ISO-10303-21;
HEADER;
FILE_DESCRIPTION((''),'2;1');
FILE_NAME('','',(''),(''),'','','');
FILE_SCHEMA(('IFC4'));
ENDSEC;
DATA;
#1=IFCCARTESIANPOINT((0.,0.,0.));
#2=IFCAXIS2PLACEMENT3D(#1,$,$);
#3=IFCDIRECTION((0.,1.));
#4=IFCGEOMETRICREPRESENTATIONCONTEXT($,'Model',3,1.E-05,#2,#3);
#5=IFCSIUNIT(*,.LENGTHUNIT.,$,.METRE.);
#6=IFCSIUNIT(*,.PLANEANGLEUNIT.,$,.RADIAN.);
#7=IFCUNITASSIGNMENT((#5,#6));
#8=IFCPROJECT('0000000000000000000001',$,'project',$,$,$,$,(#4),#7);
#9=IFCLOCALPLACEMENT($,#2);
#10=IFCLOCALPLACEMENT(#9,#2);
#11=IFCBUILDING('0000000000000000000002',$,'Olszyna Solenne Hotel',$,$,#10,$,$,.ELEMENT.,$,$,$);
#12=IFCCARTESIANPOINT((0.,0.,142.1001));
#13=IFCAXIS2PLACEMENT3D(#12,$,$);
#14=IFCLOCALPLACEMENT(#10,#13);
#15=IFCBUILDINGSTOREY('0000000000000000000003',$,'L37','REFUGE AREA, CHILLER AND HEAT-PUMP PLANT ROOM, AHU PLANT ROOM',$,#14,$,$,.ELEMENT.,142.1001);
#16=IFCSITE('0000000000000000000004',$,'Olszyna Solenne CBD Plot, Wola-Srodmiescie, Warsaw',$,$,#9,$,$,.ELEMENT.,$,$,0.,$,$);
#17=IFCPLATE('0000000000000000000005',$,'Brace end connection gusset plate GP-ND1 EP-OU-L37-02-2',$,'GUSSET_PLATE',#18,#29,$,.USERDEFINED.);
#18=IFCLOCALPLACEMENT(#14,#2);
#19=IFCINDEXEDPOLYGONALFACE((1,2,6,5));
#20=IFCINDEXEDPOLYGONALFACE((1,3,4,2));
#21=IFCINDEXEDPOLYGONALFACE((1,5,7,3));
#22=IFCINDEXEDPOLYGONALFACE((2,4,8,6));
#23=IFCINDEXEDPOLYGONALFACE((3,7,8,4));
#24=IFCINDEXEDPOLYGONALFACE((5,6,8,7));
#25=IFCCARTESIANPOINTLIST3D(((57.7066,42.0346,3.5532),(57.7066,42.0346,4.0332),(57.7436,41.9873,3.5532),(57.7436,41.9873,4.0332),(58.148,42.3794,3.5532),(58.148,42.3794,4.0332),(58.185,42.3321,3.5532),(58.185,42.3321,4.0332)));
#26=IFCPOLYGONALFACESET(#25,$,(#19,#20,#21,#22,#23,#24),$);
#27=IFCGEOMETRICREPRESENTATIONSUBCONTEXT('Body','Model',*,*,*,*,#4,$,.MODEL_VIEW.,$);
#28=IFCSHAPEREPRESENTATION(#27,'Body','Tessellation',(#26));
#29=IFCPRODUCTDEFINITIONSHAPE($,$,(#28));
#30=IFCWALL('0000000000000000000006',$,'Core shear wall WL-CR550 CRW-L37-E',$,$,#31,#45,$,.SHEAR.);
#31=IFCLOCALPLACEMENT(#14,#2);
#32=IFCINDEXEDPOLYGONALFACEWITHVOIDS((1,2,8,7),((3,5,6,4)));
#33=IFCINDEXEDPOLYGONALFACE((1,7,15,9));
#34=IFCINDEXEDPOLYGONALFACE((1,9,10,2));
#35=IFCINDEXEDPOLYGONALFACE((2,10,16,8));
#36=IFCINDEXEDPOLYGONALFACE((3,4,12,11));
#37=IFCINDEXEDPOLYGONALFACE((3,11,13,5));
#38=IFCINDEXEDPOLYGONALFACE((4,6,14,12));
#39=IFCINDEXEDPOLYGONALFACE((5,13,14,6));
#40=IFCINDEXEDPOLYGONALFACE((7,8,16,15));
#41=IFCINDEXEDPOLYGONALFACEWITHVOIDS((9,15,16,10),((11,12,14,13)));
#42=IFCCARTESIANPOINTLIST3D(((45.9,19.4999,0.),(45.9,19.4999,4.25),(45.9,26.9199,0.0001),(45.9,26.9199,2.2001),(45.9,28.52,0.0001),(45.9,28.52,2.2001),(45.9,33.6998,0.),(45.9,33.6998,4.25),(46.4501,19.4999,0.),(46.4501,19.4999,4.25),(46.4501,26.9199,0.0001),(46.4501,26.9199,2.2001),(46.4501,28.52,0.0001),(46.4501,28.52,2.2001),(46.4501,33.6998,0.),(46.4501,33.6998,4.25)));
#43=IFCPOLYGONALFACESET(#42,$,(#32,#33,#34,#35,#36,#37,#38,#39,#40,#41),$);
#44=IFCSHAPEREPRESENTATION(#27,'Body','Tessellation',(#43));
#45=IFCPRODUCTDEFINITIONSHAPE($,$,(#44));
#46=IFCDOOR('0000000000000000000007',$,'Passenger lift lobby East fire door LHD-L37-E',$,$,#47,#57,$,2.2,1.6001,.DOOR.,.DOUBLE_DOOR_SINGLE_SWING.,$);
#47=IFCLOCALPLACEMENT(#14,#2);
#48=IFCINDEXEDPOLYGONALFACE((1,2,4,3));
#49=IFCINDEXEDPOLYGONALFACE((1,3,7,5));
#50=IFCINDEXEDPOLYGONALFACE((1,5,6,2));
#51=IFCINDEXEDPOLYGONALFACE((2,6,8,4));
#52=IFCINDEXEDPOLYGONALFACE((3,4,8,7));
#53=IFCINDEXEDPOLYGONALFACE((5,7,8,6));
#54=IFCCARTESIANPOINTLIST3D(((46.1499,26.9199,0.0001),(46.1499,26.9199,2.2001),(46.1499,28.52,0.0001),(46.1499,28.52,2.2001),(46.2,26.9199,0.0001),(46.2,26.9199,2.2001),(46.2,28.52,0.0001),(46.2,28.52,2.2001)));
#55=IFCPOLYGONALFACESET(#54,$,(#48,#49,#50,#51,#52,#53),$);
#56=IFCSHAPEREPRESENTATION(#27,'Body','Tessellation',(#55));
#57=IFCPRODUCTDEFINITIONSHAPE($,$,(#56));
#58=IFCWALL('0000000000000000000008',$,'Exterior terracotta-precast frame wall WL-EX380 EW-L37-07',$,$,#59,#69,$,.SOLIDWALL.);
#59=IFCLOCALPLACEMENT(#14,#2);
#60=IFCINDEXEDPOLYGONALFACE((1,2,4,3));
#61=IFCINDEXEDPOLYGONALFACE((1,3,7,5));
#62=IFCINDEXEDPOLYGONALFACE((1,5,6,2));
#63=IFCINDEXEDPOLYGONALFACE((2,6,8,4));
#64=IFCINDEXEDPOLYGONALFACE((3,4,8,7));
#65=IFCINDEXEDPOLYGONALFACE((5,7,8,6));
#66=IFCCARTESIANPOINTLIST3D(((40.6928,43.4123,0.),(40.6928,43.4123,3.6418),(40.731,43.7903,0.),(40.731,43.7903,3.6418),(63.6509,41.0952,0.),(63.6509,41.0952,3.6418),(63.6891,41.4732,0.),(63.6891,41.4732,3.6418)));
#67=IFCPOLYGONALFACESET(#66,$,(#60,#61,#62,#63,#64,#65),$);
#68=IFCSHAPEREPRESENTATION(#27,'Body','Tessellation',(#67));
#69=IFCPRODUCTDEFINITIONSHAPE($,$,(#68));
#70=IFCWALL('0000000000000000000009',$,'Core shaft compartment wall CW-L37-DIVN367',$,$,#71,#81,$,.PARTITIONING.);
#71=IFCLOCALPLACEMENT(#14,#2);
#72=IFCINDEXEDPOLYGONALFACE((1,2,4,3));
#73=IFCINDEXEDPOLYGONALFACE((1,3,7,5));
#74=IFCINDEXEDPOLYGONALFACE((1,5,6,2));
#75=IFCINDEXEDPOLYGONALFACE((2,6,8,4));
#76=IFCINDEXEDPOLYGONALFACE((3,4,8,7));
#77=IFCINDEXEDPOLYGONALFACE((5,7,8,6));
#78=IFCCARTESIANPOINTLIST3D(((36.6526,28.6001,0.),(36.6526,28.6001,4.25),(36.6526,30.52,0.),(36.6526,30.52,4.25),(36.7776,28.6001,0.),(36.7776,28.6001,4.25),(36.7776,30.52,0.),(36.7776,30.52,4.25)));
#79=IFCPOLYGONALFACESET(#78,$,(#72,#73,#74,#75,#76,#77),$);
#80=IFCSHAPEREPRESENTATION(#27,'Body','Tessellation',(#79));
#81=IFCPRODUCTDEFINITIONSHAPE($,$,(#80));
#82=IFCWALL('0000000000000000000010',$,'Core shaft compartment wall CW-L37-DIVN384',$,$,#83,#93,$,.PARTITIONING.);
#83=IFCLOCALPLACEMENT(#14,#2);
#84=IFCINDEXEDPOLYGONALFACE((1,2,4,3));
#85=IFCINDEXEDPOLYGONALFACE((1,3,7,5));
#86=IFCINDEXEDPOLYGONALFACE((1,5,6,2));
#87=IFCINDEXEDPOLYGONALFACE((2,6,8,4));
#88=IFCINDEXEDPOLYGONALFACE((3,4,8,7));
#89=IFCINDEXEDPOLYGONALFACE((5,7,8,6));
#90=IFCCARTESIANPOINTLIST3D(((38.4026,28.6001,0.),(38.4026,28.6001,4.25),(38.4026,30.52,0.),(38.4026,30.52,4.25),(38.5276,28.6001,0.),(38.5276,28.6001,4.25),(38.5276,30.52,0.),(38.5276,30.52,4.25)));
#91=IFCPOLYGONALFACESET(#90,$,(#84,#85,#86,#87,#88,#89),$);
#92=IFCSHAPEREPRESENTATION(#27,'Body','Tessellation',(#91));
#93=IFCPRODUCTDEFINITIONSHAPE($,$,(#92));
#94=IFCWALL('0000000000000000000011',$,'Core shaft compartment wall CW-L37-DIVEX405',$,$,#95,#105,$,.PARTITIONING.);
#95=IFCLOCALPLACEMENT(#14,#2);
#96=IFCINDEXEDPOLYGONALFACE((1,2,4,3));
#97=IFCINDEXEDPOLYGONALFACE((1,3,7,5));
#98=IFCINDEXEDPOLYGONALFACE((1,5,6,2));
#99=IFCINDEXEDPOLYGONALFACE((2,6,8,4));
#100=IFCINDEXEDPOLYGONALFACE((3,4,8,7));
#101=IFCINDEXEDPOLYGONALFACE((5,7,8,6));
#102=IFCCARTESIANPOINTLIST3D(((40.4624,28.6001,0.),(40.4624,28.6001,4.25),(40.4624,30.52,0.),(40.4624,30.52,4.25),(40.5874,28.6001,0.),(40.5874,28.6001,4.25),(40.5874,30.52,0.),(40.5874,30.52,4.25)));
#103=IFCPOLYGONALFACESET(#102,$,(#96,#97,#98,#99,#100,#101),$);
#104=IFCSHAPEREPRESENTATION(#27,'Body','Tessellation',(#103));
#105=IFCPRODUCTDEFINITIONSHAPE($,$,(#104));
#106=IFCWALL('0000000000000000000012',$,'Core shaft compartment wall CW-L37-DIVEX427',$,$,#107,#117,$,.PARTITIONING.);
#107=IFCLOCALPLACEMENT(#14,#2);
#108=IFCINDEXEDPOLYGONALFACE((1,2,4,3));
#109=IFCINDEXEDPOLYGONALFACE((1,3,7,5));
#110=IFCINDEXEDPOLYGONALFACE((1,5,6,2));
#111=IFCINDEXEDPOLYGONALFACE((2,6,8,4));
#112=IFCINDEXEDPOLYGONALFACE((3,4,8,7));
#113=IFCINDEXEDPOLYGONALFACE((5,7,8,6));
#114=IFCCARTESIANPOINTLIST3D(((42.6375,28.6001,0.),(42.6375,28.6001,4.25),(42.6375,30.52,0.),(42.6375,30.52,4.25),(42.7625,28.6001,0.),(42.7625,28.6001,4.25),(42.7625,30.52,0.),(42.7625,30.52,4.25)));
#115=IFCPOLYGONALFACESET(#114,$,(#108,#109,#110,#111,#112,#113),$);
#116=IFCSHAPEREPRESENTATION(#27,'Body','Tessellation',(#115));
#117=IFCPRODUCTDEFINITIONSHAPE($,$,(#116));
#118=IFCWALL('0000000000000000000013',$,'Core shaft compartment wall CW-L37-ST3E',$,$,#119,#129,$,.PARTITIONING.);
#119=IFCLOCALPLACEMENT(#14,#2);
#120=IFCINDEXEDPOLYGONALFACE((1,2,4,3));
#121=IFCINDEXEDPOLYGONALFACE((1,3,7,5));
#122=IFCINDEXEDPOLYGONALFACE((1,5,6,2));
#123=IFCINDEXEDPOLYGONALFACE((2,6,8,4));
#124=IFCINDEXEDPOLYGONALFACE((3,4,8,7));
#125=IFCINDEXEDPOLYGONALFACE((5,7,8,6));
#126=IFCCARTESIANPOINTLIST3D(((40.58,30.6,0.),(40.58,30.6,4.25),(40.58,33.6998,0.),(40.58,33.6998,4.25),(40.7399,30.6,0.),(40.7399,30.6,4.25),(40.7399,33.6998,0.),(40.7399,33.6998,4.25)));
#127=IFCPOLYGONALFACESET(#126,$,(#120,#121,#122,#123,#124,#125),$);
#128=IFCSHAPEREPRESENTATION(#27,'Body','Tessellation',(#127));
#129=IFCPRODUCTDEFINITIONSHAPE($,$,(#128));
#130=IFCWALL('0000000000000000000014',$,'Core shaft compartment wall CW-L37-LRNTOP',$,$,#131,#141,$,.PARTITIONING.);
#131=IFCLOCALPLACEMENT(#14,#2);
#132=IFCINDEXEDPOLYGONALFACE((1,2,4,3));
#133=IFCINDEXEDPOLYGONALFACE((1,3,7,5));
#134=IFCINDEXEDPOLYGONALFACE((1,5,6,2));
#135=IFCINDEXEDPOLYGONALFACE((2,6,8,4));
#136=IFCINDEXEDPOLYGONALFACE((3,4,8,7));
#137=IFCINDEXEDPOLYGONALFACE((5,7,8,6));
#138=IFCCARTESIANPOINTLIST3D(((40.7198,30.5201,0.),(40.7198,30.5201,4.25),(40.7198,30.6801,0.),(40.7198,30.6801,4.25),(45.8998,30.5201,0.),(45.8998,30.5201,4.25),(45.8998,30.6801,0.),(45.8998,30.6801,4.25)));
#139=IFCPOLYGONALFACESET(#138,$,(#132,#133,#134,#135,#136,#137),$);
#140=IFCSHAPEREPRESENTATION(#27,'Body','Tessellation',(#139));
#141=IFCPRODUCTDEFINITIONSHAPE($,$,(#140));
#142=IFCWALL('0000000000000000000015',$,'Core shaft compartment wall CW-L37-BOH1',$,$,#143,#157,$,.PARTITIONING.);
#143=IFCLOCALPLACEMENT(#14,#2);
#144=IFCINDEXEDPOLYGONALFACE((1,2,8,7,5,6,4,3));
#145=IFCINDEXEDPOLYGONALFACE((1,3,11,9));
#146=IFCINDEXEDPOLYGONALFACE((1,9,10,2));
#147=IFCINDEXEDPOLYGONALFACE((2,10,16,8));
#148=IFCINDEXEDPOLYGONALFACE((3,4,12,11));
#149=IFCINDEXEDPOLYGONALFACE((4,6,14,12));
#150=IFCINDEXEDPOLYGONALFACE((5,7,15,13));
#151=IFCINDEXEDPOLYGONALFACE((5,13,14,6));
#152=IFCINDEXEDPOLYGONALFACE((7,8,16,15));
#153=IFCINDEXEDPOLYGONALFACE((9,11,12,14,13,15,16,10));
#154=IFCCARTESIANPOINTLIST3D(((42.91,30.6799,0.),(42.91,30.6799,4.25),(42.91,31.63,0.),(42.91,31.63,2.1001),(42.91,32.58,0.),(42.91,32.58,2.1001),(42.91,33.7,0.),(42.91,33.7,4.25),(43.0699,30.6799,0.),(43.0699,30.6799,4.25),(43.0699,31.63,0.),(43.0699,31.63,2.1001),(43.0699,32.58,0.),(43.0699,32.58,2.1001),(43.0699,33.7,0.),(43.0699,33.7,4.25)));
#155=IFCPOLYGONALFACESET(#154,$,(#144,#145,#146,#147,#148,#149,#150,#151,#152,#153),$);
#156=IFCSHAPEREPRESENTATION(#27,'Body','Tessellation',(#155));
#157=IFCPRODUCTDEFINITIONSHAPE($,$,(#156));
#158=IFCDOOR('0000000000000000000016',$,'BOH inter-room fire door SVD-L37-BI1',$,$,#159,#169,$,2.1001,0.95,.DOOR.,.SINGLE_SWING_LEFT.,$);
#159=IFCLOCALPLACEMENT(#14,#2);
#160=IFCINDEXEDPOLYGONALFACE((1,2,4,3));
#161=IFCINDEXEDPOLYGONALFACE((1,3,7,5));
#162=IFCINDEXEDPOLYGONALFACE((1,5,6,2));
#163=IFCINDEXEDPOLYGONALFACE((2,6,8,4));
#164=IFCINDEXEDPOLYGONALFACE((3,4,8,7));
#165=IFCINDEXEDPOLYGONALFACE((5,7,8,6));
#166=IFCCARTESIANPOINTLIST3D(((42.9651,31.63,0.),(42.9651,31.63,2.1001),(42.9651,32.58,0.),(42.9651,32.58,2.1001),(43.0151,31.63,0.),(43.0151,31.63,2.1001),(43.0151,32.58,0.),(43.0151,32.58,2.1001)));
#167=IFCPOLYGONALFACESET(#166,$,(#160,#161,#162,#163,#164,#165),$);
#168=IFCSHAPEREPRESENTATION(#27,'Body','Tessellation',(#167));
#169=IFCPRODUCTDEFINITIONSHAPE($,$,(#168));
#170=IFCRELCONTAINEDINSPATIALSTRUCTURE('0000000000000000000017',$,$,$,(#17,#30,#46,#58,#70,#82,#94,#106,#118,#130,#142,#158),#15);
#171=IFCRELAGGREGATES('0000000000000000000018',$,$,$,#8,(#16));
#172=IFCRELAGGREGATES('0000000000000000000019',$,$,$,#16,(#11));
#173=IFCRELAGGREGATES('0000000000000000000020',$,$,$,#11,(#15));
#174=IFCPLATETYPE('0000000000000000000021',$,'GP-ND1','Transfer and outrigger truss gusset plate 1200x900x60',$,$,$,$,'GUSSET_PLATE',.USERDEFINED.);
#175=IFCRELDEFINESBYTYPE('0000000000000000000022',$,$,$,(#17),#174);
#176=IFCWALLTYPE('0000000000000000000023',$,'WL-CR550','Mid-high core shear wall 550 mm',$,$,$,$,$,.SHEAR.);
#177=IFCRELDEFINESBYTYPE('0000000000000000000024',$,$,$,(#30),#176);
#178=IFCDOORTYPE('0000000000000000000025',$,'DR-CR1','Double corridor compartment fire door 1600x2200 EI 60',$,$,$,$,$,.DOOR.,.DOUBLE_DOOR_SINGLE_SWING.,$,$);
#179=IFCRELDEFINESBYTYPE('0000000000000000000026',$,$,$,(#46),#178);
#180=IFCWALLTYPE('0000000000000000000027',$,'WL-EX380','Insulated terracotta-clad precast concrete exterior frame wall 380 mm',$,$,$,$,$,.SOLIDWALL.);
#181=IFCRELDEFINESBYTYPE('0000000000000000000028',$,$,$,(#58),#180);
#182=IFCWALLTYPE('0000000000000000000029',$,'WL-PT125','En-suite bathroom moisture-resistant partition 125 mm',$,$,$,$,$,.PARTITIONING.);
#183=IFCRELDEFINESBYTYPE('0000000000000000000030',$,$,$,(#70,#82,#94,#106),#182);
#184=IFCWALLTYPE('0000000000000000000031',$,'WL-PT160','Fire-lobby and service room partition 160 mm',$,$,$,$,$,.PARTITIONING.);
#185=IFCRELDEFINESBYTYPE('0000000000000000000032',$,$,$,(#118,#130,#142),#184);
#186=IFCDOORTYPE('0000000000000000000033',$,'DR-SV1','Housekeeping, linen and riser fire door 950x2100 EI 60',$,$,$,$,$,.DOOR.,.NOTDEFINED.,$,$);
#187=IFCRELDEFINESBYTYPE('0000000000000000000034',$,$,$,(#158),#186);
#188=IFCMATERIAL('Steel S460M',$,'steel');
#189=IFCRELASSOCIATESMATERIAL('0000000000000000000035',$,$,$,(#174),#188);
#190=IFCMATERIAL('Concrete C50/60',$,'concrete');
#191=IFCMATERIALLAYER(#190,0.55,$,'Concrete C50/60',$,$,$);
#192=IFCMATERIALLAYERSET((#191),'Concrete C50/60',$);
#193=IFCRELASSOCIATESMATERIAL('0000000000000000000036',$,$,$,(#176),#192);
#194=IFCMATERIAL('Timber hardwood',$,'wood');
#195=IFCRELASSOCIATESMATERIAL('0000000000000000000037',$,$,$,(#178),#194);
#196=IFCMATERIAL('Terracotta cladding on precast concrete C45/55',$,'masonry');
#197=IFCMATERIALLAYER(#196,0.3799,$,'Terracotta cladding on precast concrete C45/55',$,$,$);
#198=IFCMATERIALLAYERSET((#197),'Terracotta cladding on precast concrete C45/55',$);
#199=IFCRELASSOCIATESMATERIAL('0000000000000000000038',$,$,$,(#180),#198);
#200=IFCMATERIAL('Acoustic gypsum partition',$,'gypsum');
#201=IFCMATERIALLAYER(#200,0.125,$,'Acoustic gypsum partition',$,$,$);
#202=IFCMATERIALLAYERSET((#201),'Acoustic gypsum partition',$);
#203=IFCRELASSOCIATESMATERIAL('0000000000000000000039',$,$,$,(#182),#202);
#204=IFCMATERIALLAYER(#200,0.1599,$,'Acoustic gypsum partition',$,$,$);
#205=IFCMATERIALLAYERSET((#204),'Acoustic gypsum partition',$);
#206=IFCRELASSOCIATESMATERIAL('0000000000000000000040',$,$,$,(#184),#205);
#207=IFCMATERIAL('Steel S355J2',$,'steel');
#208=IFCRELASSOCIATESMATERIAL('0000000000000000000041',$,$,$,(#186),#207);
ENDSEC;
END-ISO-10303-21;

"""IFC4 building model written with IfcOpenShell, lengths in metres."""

from ifc_helpers import new_model, si_unit, direction, frame, frame_2d, origin, origin_2d, place, context, subcontext, project, spatial, rectangle, extrude, source, transform, mapped, material, layer, layer_set, type_object, type_shapes, element, fill, save


model = new_model("IFC4")

# Units and contexts
model_context = context("Model", 3, precision=1e-05, world=origin(), true_north=direction((0.0, 1.0)))
body_context = subcontext(model_context, "Body", "Model", "MODEL_VIEW")
ifc_project = project(units=[si_unit("LENGTHUNIT", "METRE"), si_unit("PLANEANGLEUNIT", "RADIAN")], contexts=[model_context])

# Site, building, storey
site_placement = place(None, origin())
site = spatial("IfcSite", under=ifc_project, at=site_placement, Name="Olszyna Solenne CBD Plot, Wola-Srodmiescie, Warsaw", CompositionType="ELEMENT", RefElevation=0.0)
building_placement = place(site_placement, origin())
building = spatial("IfcBuilding", under=site, at=building_placement, Name="Olszyna Solenne Hotel", CompositionType="ELEMENT")
storey_placement = place(building_placement, frame((0.0, 0.0, 142.1001)))
storey = spatial("IfcBuildingStorey", under=building, at=storey_placement, Name="L37", Description="REFUGE AREA, CHILLER AND HEAT-PUMP PLANT ROOM, AHU PLANT ROOM", CompositionType="ELEMENT", Elevation=142.1001)

# Shared definitions
ifc_material_1 = material(Name="Steel S460M", Category="steel")

# Shared definitions
ifc_material_2 = material(Name="Steel S355J2", Category="steel")

# Plate
plate_type_1 = type_object("IfcPlateType", Name="GP-ND1", Description="Transfer and outrigger truss gusset plate 1200x900x60", ElementType="GUSSET_PLATE", PredefinedType="USERDEFINED", material=ifc_material_1)
shared_shape_1 = source(origin(), body_context, "Body", "SweptSolid", [
    extrude(rectangle(XDim=0.5601, YDim=0.0601, at=origin_2d()), origin(), (0.0, 0.0, 1.0), 0.48),
])
for number, where, z_axis, x_axis, name in (
    (1, (57.9458, 42.1833, 3.5532), (0.0, 0.0, 1.0), (0.788011, 0.615661, 0.0), "Brace end connection gusset plate GP-ND1 EP-OU-L37-02-2"),
):
    element("IfcPlate", number, at=place(storey_placement, frame(where, z_axis=z_axis, x_axis=x_axis)), inside=storey, type_object=plate_type_1, Name=name, ObjectType="GUSSET_PLATE", PredefinedType="USERDEFINED", context=body_context, shape_type="MappedRepresentation", body=[
        mapped(shared_shape_1, transform((0.0, 0.0, 0.0), x_axis=(1.0, 0.0, 0.0), y_axis=(0.0, 1.0, 0.0), z_axis=(0.0, 0.0, 1.0), scale=1.0)),
    ])

# Wall, opening, door
ifc_material_3 = material(Name="Concrete C50/60", Category="concrete")
ifc_layer_1 = layer(ifc_material_3, 0.55, Name="Concrete C50/60")
ifc_layer_set_1 = layer_set([ifc_layer_1], Name="Concrete C50/60")
wall_type_1 = type_object("IfcWallType", Name="WL-CR550", Description="Mid-high core shear wall 550 mm", PredefinedType="SHEAR", material=ifc_layer_set_1)
wall_1_placement = place(storey_placement, frame((46.175, 33.7, 0.0), z_axis=(0.0, 0.0, 1.0), x_axis=(0.0, -1.0, 0.0)))
wall_1 = element("IfcWall", 2, at=wall_1_placement, inside=storey, type_object=wall_type_1, Name="Core shear wall WL-CR550 CRW-L37-E", PredefinedType="SHEAR", context=body_context, shape_type="SweptSolid", body=[
    extrude(rectangle(XDim=14.2, YDim=0.55, at=frame_2d((7.1001, 0.0))), origin(), (0.0, 0.0, 1.0), 4.25),
])
opening_1_placement = place(wall_1_placement, frame((5.1799, 0.0, 0.0)))
opening_1 = element("IfcOpeningElement", 3, at=opening_1_placement, cuts=wall_1, PredefinedType="OPENING", context=body_context, shape_type="SweptSolid", body=[
    extrude(rectangle(XDim=1.6001, YDim=2.2, at=frame_2d((0.8, 1.1001))), frame((0.0, 0.2852, 0.0), z_axis=(0.0, -1.0, 0.0), x_axis=(1.0, 0.0, 0.0)), (0.0, 0.0, 1.0), 0.5701),
])
ifc_material_4 = material(Name="Timber hardwood", Category="wood")
door_type_1 = type_object("IfcDoorType", Name="DR-CR1", Description="Double corridor compartment fire door 1600x2200 EI 60", OperationType="DOUBLE_DOOR_SINGLE_SWING", PredefinedType="DOOR", material=ifc_material_4)
shared_shape_2 = source(origin(), body_context, "Body", "SweptSolid", [
    extrude(rectangle(XDim=1.6001, YDim=2.2, at=frame_2d((0.8, 1.1001))), frame((0.0, 0.0249, 0.0), z_axis=(0.0, -1.0, 0.0), x_axis=(1.0, 0.0, 0.0)), (0.0, 0.0, 1.0), 0.05),
])
type_shapes(door_type_1, [shared_shape_2])
door_1_placement = place(opening_1_placement, origin())
door_1 = element("IfcDoor", 4, at=door_1_placement, inside=storey, type_object=door_type_1, Name="Passenger lift lobby East fire door LHD-L37-E", OperationType="DOUBLE_DOOR_SINGLE_SWING", OverallHeight=2.2, OverallWidth=1.6001, PredefinedType="DOOR", context=body_context, shape_type="MappedRepresentation", body=[
    mapped(shared_shape_2, transform((0.0, 0.0, 0.0), x_axis=(1.0, 0.0, 0.0), y_axis=(0.0, 1.0, 0.0), z_axis=(0.0, 0.0, 1.0), scale=1.0)),
])
fill(opening_1, door_1)

# Walls
ifc_material_5 = material(Name="Terracotta cladding on precast concrete C45/55", Category="masonry")
ifc_layer_2 = layer(ifc_material_5, 0.3799, Name="Terracotta cladding on precast concrete C45/55")
ifc_layer_set_2 = layer_set([ifc_layer_2], Name="Terracotta cladding on precast concrete C45/55")
wall_type_2 = type_object("IfcWallType", Name="WL-EX380", Description="Insulated terracotta-clad precast concrete exterior frame wall 380 mm", PredefinedType="SOLIDWALL", material=ifc_layer_set_2)
wall_2_placement = place(storey_placement, frame((40.7119, 43.6013, 0.0), z_axis=(0.0, 0.0, 1.0), x_axis=(0.994945, -0.100419, 0.0)))
element("IfcWall", 5, at=wall_2_placement, inside=storey, type_object=wall_type_2, Name="Exterior terracotta-precast frame wall WL-EX380 EW-L37-07", PredefinedType="SOLIDWALL", context=body_context, shape_type="SweptSolid", body=[
    extrude(rectangle(XDim=23.0747, YDim=0.3799, at=frame_2d((11.5374, 0.0))), origin(), (0.0, 0.0, 1.0), 3.6418),
])
ifc_material_6 = material(Name="Acoustic gypsum partition", Category="gypsum")
ifc_layer_3 = layer(ifc_material_6, 0.125, Name="Acoustic gypsum partition")
ifc_layer_set_3 = layer_set([ifc_layer_3], Name="Acoustic gypsum partition")
wall_type_3 = type_object("IfcWallType", Name="WL-PT125", Description="En-suite bathroom moisture-resistant partition 125 mm", PredefinedType="PARTITIONING", material=ifc_layer_set_3)
for number, where, z_axis, x_axis, name in (
    (6, (36.7151, 28.6001, 0.0), (0.0, 0.0, 1.0), (0.0, 1.0, 0.0), "Core shaft compartment wall CW-L37-DIVN367"),
    (7, (38.4651, 28.6001, 0.0), (0.0, 0.0, 1.0), (0.0, 1.0, 0.0), "Core shaft compartment wall CW-L37-DIVN384"),
    (8, (40.5249, 28.6001, 0.0), (0.0, 0.0, 1.0), (0.0, 1.0, 0.0), "Core shaft compartment wall CW-L37-DIVEX405"),
    (9, (42.7, 28.6001, 0.0), (0.0, 0.0, 1.0), (0.0, 1.0, 0.0), "Core shaft compartment wall CW-L37-DIVEX427"),
):
    element("IfcWall", number, at=place(storey_placement, frame(where, z_axis=z_axis, x_axis=x_axis)), inside=storey, type_object=wall_type_3, Name=name, PredefinedType="PARTITIONING", context=body_context, shape_type="SweptSolid", body=[
        extrude(rectangle(XDim=1.9199, YDim=0.125, at=frame_2d((0.96, 0.0))), origin(), (0.0, 0.0, 1.0), 4.25),
    ])
ifc_layer_4 = layer(ifc_material_6, 0.1599, Name="Acoustic gypsum partition")
ifc_layer_set_4 = layer_set([ifc_layer_4], Name="Acoustic gypsum partition")
wall_type_4 = type_object("IfcWallType", Name="WL-PT160", Description="Fire-lobby and service room partition 160 mm", PredefinedType="PARTITIONING", material=ifc_layer_set_4)
wall_3_placement = place(storey_placement, frame((40.6599, 30.6001, 0.0), z_axis=(0.0, 0.0, 1.0), x_axis=(0.0, 1.0, 0.0)))
element("IfcWall", 10, at=wall_3_placement, inside=storey, type_object=wall_type_4, Name="Core shaft compartment wall CW-L37-ST3E", PredefinedType="PARTITIONING", context=body_context, shape_type="SweptSolid", body=[
    extrude(rectangle(XDim=3.0999, YDim=0.1599, at=frame_2d((1.5498, 0.0))), origin(), (0.0, 0.0, 1.0), 4.25),
])
wall_4_placement = place(storey_placement, frame((40.72, 30.6001, 0.0), z_axis=(0.0, 0.0, 1.0), x_axis=(1.0, 0.0, 0.0)))
element("IfcWall", 11, at=wall_4_placement, inside=storey, type_object=wall_type_4, Name="Core shaft compartment wall CW-L37-LRNTOP", PredefinedType="PARTITIONING", context=body_context, shape_type="SweptSolid", body=[
    extrude(rectangle(XDim=5.1799, YDim=0.1599, at=frame_2d((2.5898, 0.0))), origin(), (0.0, 0.0, 1.0), 4.25),
])

# Wall, opening, door
wall_5_placement = place(storey_placement, frame((42.99, 30.6799, 0.0), z_axis=(0.0, 0.0, 1.0), x_axis=(0.0, 1.0, 0.0)))
wall_5 = element("IfcWall", 12, at=wall_5_placement, inside=storey, type_object=wall_type_4, Name="Core shaft compartment wall CW-L37-BOH1", PredefinedType="PARTITIONING", context=body_context, shape_type="SweptSolid", body=[
    extrude(rectangle(XDim=3.02, YDim=0.1599, at=frame_2d((1.51, 0.0))), origin(), (0.0, 0.0, 1.0), 4.25),
])
opening_2_placement = place(wall_5_placement, frame((0.95, 0.0, 0.0)))
opening_2 = element("IfcOpeningElement", 13, at=opening_2_placement, cuts=wall_5, PredefinedType="OPENING", context=body_context, shape_type="SweptSolid", body=[
    extrude(rectangle(XDim=0.95, YDim=2.1001, at=frame_2d((0.4751, 1.05))), frame((0.0, 0.0898, 0.0), z_axis=(0.0, -1.0, 0.0), x_axis=(1.0, 0.0, 0.0)), (0.0, 0.0, 1.0), 0.1799),
])
door_type_2 = type_object("IfcDoorType", Name="DR-SV1", Description="Housekeeping, linen and riser fire door 950x2100 EI 60", OperationType="NOTDEFINED", PredefinedType="DOOR", material=ifc_material_2)
shared_shape_3 = source(origin(), body_context, "Body", "SweptSolid", [
    extrude(rectangle(XDim=0.95, YDim=2.1001, at=frame_2d((0.4751, 1.05))), frame((0.0, 0.0249, 0.0), z_axis=(0.0, -1.0, 0.0), x_axis=(1.0, 0.0, 0.0)), (0.0, 0.0, 1.0), 0.05),
])
type_shapes(door_type_2, [shared_shape_3])
door_2_placement = place(opening_2_placement, origin())
door_2 = element("IfcDoor", 14, at=door_2_placement, inside=storey, type_object=door_type_2, Name="BOH inter-room fire door SVD-L37-BI1", OperationType="SINGLE_SWING_LEFT", OverallHeight=2.1001, OverallWidth=0.95, PredefinedType="DOOR", context=body_context, shape_type="MappedRepresentation", body=[
    mapped(shared_shape_3, transform((0.0, 0.0, 0.0), x_axis=(1.0, 0.0, 0.0), y_axis=(0.0, 1.0, 0.0), z_axis=(0.0, 0.0, 1.0), scale=1.0)),
])
fill(opening_2, door_2)

save(model, "model.ifc")
